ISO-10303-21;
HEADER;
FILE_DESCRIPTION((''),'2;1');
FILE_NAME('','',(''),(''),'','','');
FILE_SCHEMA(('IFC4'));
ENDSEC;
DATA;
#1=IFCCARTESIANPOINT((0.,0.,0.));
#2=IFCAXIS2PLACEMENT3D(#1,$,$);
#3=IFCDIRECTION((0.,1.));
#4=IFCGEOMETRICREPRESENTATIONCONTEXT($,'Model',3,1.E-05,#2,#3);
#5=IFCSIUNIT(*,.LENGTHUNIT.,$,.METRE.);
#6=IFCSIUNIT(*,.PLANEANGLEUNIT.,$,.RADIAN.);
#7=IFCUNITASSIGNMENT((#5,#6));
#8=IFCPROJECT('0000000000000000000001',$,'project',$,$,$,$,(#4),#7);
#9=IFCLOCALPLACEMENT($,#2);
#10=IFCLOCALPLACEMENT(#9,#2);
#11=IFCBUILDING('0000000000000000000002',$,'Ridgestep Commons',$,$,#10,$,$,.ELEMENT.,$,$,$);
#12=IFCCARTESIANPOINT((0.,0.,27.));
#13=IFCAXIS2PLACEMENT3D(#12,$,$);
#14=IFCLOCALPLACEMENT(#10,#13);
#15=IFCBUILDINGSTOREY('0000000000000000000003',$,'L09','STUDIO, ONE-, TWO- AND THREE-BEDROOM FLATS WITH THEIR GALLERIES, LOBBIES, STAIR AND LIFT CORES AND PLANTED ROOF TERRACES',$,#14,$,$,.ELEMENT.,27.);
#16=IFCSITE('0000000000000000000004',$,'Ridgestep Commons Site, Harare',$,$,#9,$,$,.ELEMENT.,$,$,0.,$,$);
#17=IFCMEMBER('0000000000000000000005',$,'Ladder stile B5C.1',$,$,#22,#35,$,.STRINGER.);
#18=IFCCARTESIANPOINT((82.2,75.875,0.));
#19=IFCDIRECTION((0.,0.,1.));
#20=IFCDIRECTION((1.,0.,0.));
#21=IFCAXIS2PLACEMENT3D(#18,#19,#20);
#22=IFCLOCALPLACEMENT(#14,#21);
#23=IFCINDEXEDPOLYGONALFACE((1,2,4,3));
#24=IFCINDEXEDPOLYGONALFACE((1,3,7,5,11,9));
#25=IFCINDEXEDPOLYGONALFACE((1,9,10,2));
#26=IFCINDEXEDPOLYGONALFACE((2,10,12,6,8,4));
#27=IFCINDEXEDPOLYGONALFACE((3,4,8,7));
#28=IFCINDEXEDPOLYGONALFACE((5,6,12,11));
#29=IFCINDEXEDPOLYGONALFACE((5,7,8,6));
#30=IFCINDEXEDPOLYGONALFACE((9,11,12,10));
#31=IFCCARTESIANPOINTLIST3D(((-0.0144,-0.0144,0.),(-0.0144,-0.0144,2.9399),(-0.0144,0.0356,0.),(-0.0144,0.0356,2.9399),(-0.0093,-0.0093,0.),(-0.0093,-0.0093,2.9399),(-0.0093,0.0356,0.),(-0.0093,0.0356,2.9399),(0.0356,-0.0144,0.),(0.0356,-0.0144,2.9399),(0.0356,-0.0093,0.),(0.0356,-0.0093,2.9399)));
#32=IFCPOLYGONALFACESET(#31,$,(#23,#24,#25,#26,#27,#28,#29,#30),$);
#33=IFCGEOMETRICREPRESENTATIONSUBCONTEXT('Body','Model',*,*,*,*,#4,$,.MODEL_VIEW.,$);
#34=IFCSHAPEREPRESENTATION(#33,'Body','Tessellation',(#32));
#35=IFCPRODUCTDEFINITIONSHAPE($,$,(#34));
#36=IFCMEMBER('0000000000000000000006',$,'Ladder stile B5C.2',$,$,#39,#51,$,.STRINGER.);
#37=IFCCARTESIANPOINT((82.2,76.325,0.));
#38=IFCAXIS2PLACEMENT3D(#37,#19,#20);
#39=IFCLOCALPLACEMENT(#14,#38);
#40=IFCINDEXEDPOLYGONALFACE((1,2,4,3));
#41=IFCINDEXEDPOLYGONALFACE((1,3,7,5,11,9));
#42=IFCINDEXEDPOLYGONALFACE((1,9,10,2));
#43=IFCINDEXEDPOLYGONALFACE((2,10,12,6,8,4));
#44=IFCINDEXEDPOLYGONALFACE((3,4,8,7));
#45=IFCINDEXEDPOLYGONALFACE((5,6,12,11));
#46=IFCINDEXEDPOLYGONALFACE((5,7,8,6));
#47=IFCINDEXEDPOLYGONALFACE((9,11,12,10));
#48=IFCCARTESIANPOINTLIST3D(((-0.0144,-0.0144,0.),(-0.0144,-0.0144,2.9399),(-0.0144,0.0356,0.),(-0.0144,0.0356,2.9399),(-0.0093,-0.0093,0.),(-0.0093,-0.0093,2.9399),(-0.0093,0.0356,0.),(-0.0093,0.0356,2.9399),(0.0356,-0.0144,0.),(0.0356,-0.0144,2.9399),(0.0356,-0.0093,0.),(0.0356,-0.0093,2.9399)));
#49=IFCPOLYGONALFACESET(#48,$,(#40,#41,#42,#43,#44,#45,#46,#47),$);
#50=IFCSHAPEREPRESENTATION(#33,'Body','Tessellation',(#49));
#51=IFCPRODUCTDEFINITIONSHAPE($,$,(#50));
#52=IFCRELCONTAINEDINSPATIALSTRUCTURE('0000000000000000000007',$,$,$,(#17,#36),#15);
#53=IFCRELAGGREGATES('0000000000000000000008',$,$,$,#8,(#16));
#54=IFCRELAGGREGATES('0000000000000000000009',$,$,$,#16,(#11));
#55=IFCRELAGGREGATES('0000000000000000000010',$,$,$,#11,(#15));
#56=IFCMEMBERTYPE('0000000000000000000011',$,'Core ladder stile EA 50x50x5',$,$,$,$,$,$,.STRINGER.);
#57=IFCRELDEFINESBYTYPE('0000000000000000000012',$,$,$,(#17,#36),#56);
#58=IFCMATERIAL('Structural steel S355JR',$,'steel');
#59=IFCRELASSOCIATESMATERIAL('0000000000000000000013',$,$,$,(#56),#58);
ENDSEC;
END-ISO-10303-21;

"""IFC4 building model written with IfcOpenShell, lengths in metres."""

from ifc_helpers import new_model, si_unit, direction, frame, origin, place, context, subcontext, project, spatial, polyline, outline, extrude, material, material_profile, profile_set, type_object, element, save


model = new_model("IFC4")

# Units and contexts
model_context = context("Model", 3, precision=1e-05, world=origin(), true_north=direction((0.0, 1.0)))
body_context = subcontext(model_context, "Body", "Model", "MODEL_VIEW")
ifc_project = project(units=[si_unit("LENGTHUNIT", "METRE"), si_unit("PLANEANGLEUNIT", "RADIAN")], contexts=[model_context])

# Site, building, storey
site_placement = place(None, origin())
site = spatial("IfcSite", under=ifc_project, at=site_placement, Name="Ridgestep Commons Site, Harare", CompositionType="ELEMENT", RefElevation=0.0)
building_placement = place(site_placement, origin())
building = spatial("IfcBuilding", under=site, at=building_placement, Name="Ridgestep Commons", CompositionType="ELEMENT")
storey_placement = place(building_placement, frame((0.0, 0.0, 27.0)))
storey = spatial("IfcBuildingStorey", under=building, at=storey_placement, Name="L09", Description="STUDIO, ONE-, TWO- AND THREE-BEDROOM FLATS WITH THEIR GALLERIES, LOBBIES, STAIR AND LIFT CORES AND PLANTED ROOF TERRACES", CompositionType="ELEMENT", Elevation=27.0)

# Members
ifc_material_1 = material(Name="Structural steel S355JR", Category="steel")
ifc_material_profile_1 = material_profile(ifc_material_1, outline(polyline([(-0.0144, -0.0144), (0.0356, -0.0144), (0.0356, -0.0093), (-0.0093, -0.0093), (-0.0093, 0.0356), (-0.0144, 0.0356), (-0.0144, -0.0144)])), Name="EA 50x50x5")
ifc_profile_set_1 = profile_set([ifc_material_profile_1], Name="Structural steel S355JR")
member_type_1 = type_object("IfcMemberType", Name="Core ladder stile EA 50x50x5", PredefinedType="STRINGER", material=ifc_profile_set_1)
for number, where, z_axis, x_axis, name in (
    (1, (82.2, 75.875, 0.0), (0.0, 0.0, 1.0), (1.0, 0.0, 0.0), "Ladder stile B5C.1"),
    (2, (82.2, 76.325, 0.0), (0.0, 0.0, 1.0), (1.0, 0.0, 0.0), "Ladder stile B5C.2"),
):
    element("IfcMember", number, at=place(storey_placement, frame(where, z_axis=z_axis, x_axis=x_axis)), inside=storey, type_object=member_type_1, Name=name, PredefinedType="STRINGER", context=body_context, shape_type="SweptSolid", body=[
        extrude(outline(polyline([(-0.0144, -0.0144), (0.0356, -0.0144), (0.0356, -0.0093), (-0.0093, -0.0093), (-0.0093, 0.0356), (-0.0144, 0.0356), (-0.0144, -0.0144)])), origin(), (0.0, 0.0, 1.0), 2.9399),
    ])

save(model, "model.ifc")
